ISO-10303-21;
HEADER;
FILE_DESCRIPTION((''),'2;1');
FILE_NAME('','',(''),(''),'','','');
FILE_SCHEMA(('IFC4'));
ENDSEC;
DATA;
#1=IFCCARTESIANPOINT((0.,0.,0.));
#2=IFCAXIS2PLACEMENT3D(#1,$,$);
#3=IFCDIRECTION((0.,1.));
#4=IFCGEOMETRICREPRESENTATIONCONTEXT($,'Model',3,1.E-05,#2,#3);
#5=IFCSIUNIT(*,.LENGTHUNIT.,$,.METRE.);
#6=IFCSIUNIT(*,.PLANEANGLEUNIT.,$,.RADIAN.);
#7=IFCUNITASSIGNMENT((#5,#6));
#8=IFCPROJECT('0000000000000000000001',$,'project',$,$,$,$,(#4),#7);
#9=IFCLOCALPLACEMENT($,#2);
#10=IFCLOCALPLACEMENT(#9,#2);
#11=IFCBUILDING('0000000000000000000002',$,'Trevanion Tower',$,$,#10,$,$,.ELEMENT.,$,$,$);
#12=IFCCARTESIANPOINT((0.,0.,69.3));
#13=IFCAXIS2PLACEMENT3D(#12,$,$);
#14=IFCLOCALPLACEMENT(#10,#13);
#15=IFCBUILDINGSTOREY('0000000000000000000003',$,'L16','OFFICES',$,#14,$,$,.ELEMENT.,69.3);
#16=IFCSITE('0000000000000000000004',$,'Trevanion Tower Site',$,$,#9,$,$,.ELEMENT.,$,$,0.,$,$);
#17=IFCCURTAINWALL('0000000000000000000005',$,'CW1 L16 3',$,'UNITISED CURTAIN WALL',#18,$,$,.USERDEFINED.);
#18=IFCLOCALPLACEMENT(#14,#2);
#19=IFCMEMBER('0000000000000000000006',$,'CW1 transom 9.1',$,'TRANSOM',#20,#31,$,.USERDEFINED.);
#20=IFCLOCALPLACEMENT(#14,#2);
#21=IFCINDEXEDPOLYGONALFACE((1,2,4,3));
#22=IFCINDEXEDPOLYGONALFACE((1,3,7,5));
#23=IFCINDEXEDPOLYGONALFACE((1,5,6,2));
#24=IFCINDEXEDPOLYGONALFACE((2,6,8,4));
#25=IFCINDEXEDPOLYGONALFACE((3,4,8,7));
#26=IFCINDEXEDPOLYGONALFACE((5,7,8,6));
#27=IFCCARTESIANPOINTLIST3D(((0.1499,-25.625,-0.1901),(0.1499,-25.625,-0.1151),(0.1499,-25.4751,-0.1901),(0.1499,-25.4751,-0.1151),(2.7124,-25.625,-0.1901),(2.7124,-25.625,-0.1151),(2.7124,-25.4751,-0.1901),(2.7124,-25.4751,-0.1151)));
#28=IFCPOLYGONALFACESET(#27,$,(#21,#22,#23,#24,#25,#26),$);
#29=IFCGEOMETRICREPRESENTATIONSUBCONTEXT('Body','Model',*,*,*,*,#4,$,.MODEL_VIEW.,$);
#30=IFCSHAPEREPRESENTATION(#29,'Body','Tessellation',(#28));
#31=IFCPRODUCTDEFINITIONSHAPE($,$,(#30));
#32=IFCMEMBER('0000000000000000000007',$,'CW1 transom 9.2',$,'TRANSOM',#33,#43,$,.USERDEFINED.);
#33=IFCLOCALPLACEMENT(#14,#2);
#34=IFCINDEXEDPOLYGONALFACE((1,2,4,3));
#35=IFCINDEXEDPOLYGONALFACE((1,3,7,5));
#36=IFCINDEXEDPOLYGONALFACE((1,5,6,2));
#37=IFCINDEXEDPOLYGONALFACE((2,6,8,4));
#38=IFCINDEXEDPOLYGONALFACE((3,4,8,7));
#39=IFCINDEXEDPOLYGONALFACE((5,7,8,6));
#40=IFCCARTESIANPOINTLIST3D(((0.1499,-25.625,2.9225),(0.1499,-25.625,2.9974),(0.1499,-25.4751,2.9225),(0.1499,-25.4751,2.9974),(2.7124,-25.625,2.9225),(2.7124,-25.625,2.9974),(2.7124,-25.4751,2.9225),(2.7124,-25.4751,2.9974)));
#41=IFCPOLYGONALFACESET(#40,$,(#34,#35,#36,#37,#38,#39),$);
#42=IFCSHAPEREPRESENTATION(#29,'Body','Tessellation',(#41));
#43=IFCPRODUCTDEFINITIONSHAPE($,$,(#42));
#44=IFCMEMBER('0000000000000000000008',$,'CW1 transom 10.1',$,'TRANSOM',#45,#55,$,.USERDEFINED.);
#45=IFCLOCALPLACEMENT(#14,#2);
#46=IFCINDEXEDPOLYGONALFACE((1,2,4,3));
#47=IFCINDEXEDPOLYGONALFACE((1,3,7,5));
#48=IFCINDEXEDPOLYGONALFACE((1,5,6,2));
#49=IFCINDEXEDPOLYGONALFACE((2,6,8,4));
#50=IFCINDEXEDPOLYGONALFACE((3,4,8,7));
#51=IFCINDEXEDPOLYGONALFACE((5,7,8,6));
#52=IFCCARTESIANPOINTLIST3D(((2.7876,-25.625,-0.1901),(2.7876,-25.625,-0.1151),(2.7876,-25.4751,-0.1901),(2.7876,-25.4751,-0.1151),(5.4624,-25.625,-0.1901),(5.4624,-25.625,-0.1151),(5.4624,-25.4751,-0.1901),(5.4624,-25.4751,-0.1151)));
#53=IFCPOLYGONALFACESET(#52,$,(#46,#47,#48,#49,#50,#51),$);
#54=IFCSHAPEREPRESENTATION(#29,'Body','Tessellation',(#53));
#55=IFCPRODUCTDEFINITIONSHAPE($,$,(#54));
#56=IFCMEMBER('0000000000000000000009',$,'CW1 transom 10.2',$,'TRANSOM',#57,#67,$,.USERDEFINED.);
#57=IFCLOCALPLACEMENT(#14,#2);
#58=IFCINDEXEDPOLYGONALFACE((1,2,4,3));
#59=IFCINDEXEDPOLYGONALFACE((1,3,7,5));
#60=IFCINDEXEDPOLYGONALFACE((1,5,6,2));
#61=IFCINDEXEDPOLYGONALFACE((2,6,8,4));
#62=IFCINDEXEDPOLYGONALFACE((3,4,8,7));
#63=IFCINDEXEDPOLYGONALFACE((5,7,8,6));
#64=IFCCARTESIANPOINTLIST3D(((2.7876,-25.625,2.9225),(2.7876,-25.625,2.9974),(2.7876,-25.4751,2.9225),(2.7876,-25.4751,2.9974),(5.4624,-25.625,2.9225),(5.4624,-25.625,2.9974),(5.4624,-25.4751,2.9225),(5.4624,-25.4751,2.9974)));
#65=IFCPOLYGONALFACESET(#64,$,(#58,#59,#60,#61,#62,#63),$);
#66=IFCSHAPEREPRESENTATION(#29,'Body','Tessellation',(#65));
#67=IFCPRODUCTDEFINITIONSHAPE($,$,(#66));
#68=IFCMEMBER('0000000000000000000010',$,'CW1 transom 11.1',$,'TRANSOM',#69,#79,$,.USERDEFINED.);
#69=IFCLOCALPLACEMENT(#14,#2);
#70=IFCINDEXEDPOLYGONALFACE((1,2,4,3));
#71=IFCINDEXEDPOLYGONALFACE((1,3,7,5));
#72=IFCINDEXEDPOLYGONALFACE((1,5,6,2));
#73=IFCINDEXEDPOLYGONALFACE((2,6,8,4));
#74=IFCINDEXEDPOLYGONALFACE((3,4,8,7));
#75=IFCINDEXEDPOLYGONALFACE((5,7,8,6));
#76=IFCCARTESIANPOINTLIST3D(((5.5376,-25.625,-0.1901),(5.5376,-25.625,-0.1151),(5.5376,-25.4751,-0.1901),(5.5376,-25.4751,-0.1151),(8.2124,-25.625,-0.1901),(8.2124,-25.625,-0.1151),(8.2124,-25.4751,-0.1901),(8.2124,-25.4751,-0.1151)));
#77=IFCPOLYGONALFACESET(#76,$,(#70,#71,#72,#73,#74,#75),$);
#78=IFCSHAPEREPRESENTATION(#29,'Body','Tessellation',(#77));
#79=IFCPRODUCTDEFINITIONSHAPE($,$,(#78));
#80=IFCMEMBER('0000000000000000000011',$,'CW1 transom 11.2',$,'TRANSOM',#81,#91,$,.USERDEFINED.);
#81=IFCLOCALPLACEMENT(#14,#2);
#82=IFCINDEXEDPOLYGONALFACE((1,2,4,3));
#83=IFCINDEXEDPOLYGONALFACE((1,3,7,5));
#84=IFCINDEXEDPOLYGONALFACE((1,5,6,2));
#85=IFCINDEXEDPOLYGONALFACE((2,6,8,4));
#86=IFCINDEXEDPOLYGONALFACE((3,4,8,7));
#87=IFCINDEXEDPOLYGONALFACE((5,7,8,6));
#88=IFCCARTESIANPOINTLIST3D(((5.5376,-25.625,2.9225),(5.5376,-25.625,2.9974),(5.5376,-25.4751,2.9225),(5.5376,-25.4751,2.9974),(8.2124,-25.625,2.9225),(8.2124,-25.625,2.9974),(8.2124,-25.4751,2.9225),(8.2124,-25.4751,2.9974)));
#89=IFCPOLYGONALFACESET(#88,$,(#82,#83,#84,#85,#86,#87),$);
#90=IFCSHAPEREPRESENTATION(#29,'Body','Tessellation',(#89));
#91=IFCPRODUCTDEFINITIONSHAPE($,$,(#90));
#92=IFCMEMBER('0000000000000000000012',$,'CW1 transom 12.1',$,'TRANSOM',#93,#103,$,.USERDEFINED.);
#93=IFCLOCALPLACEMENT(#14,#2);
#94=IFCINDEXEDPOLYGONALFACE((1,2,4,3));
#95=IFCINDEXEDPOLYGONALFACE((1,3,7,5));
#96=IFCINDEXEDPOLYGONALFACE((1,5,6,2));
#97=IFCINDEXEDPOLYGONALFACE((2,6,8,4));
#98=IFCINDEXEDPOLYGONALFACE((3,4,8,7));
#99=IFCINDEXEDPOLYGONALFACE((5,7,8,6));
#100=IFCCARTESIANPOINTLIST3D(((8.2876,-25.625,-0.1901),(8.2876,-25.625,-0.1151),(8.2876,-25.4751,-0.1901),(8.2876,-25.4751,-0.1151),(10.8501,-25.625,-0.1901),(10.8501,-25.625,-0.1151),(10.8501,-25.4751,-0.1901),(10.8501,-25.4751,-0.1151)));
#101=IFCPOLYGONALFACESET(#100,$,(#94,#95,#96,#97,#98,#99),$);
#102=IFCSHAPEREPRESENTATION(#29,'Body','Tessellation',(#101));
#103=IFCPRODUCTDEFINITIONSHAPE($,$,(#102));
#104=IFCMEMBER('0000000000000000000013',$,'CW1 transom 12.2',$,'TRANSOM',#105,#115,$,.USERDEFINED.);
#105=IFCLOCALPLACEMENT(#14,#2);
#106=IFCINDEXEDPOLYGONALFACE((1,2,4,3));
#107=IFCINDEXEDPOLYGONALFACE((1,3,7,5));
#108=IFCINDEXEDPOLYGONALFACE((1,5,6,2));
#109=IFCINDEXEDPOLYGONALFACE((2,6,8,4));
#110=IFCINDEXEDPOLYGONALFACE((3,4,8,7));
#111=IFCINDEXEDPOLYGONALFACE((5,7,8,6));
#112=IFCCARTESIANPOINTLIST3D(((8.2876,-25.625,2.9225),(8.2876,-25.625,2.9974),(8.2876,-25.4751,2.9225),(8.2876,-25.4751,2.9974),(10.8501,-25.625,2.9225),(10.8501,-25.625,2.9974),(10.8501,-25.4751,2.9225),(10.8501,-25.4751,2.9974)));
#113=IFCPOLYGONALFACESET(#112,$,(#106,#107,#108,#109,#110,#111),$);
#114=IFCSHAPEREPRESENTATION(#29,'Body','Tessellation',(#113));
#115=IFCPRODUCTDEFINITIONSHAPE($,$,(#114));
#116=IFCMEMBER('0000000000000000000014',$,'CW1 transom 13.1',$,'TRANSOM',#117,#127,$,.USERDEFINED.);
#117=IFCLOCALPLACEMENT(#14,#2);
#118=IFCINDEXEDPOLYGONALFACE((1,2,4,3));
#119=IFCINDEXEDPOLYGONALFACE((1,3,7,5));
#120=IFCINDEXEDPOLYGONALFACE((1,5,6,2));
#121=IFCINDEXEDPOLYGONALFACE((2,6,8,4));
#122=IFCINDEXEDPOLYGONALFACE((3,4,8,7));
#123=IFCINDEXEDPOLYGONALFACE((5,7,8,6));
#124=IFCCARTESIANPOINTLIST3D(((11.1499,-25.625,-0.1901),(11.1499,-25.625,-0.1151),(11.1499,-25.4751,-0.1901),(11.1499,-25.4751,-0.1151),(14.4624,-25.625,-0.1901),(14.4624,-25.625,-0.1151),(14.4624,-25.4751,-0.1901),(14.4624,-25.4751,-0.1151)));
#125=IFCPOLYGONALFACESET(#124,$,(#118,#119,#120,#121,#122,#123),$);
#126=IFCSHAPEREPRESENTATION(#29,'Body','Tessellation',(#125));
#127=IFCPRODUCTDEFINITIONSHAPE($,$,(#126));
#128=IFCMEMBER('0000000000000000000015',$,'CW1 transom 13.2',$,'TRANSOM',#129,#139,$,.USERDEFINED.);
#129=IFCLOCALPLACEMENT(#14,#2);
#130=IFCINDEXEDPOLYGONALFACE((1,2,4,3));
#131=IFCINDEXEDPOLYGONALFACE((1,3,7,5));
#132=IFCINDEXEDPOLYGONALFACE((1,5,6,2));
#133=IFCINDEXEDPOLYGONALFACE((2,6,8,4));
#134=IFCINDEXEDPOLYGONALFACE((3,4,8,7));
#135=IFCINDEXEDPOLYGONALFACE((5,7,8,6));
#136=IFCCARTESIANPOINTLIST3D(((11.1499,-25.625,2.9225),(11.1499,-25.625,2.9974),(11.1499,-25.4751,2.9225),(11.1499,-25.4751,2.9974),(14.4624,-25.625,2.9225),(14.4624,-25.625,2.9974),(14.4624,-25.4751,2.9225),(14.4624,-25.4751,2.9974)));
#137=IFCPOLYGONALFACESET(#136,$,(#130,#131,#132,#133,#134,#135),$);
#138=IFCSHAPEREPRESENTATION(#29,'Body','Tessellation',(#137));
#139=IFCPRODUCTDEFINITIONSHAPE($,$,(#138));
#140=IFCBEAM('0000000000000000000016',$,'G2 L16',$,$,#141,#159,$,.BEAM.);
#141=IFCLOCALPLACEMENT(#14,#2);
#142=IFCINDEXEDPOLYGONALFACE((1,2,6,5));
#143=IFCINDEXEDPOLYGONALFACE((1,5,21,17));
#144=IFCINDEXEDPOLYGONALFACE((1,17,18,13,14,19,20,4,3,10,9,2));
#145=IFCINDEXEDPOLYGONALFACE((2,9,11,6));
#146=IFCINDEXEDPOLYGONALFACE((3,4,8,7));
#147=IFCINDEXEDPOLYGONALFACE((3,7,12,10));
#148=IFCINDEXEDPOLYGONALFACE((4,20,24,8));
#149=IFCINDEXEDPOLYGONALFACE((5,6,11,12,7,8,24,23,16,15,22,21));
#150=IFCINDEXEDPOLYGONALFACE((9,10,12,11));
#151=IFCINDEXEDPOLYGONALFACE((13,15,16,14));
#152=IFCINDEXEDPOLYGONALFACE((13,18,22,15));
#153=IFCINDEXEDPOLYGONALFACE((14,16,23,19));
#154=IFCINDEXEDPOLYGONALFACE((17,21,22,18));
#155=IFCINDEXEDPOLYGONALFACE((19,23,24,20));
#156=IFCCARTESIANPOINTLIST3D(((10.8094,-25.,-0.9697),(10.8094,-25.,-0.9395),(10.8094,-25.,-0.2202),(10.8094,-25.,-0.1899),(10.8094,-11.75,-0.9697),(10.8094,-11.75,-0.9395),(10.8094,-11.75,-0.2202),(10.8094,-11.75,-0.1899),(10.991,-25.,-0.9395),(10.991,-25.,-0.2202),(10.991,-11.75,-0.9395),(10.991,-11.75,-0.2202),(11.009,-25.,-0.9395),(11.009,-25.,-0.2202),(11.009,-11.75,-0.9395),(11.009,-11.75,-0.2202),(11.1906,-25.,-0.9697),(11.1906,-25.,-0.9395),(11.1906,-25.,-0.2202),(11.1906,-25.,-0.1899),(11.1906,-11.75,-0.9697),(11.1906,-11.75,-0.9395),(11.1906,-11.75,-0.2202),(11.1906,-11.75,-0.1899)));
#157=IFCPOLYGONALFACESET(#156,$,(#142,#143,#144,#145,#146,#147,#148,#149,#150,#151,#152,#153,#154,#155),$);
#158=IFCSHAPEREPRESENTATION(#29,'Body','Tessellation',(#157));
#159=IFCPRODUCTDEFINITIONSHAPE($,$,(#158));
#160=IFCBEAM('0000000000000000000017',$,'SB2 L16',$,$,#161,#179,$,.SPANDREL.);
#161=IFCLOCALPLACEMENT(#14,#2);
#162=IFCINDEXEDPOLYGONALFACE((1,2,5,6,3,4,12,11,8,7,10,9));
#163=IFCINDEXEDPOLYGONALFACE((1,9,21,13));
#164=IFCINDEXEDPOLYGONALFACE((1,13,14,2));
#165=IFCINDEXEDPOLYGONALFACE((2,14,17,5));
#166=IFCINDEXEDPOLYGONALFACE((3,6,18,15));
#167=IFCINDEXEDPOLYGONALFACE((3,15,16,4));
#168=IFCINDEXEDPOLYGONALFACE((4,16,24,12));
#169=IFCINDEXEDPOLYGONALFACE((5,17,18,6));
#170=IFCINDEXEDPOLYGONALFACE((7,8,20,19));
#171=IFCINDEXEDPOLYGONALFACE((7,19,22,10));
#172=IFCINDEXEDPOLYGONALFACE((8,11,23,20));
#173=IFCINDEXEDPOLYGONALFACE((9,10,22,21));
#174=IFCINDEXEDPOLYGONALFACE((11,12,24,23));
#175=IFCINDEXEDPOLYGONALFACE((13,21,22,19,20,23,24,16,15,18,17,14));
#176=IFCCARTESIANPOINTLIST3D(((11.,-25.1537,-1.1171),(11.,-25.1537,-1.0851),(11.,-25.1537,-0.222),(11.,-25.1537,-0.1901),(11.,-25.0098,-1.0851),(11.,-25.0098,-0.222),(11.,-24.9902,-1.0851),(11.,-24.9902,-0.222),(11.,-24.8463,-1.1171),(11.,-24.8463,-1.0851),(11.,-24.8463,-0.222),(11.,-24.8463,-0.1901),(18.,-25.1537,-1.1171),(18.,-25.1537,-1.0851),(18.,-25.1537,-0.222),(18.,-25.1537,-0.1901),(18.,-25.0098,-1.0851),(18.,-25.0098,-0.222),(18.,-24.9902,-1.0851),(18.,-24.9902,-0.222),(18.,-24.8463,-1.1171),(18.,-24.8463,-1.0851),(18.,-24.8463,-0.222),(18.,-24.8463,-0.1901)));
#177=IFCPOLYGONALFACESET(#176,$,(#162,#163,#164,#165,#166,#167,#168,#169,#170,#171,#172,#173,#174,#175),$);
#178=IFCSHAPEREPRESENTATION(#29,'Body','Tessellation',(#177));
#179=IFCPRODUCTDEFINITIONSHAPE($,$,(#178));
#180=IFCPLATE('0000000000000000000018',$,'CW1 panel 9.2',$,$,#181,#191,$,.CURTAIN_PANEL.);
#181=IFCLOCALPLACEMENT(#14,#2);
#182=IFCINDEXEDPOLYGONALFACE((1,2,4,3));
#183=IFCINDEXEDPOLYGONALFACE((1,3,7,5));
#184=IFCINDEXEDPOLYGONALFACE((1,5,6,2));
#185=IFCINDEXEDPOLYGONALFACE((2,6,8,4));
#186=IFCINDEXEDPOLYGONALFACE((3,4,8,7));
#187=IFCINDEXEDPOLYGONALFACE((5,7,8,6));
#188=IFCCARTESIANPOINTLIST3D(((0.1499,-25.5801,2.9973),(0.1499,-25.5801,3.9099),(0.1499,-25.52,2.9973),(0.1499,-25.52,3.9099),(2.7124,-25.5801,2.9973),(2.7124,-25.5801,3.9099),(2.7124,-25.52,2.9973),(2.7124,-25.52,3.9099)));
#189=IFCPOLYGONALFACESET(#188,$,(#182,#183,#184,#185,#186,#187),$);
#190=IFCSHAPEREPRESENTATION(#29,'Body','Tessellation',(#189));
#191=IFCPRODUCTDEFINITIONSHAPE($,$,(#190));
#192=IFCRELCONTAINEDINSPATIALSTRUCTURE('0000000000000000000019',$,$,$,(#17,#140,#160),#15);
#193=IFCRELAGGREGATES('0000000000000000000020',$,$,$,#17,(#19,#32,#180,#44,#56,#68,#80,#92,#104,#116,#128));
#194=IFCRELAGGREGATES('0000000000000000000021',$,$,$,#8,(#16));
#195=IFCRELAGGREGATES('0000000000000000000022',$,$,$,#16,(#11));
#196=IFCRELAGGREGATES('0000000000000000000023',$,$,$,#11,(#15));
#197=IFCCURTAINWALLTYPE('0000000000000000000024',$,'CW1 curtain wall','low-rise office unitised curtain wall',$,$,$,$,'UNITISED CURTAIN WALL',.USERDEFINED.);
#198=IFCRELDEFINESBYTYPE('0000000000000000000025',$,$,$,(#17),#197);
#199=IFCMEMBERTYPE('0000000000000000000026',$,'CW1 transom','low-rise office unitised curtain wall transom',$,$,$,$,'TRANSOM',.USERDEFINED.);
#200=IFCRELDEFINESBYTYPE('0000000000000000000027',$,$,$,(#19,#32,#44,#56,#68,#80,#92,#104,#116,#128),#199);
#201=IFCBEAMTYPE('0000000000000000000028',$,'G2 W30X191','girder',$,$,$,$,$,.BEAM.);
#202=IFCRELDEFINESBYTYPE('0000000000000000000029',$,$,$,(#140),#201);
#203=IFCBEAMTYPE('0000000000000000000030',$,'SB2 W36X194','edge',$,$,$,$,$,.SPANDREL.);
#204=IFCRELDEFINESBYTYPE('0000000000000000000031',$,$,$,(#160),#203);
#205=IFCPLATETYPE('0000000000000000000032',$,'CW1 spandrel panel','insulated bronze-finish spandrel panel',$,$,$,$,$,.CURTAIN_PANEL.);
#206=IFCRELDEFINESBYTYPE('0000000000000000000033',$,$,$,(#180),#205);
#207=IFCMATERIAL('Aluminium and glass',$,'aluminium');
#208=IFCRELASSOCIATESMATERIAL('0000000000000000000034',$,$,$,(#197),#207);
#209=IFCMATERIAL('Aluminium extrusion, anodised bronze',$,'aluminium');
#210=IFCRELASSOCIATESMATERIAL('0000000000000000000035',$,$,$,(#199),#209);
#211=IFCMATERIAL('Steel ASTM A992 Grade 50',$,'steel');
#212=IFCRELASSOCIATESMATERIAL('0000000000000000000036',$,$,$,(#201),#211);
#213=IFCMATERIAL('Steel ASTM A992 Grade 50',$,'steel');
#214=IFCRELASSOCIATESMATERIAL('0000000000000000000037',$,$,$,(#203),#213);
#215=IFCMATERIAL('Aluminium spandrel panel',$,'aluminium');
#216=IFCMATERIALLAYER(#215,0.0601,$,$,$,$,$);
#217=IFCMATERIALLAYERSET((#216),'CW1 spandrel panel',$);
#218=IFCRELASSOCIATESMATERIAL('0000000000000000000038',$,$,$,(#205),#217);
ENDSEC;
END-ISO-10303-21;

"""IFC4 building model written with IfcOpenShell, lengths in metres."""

from ifc_helpers import new_model, si_unit, direction, frame, origin, origin_2d, place, context, subcontext, project, spatial, rectangle, i_section, extrude, material, layer, layer_set, material_profile, profile_set, type_object, element, aggregate, save


model = new_model("IFC4")

# Units and contexts
model_context = context("Model", 3, precision=1e-05, world=origin(), true_north=direction((0.0, 1.0)))
body_context = subcontext(model_context, "Body", "Model", "MODEL_VIEW")
ifc_project = project(units=[si_unit("LENGTHUNIT", "METRE"), si_unit("PLANEANGLEUNIT", "RADIAN")], contexts=[model_context])

# Site, building, storey
site_placement = place(None, origin())
site = spatial("IfcSite", under=ifc_project, at=site_placement, Name="Trevanion Tower Site", CompositionType="ELEMENT", RefElevation=0.0)
building_placement = place(site_placement, origin())
building = spatial("IfcBuilding", under=site, at=building_placement, Name="Trevanion Tower", CompositionType="ELEMENT")
storey_placement = place(building_placement, frame((0.0, 0.0, 69.3)))
storey = spatial("IfcBuildingStorey", under=building, at=storey_placement, Name="L16", Description="OFFICES", CompositionType="ELEMENT", Elevation=69.3)

# Curtain wall, members
ifc_material_1 = material(Name="Aluminium and glass", Category="aluminium")
curtain_wall_type = type_object("IfcCurtainWallType", Name="CW1 curtain wall", Description="low-rise office unitised curtain wall", ElementType="UNITISED CURTAIN WALL", PredefinedType="USERDEFINED", material=ifc_material_1)
curtain_wall_placement = place(storey_placement, origin())
curtain_wall = element("IfcCurtainWall", 1, at=curtain_wall_placement, inside=storey, type_object=curtain_wall_type, Name="CW1 L16 3", ObjectType="UNITISED CURTAIN WALL", PredefinedType="USERDEFINED")
ifc_material_2 = material(Name="Aluminium extrusion, anodised bronze", Category="aluminium")
ifc_material_profile_1 = material_profile(ifc_material_2, rectangle(XDim=0.1499, YDim=0.075, at=origin_2d()), Name="CW1 transom")
ifc_profile_set_1 = profile_set([ifc_material_profile_1], Name="Aluminium extrusion, anodised bronze")
member_type_1 = type_object("IfcMemberType", Name="CW1 transom", Description="low-rise office unitised curtain wall transom", ElementType="TRANSOM", PredefinedType="USERDEFINED", material=ifc_profile_set_1)
member_1_placement = place(storey_placement, frame((0.1499, -25.55, -0.1526), z_axis=(1.0, 0.0, 0.0), x_axis=(0.0, 1.0, 0.0)))
member_1 = element("IfcMember", 2, at=member_1_placement, type_object=member_type_1, Name="CW1 transom 9.1", ObjectType="TRANSOM", PredefinedType="USERDEFINED", context=body_context, shape_type="SweptSolid", body=[
    extrude(rectangle(XDim=0.1499, YDim=0.075, at=origin_2d()), origin(), (0.0, 0.0, 1.0), 2.5625),
])
member_2_placement = place(storey_placement, frame((0.1499, -25.55, 2.96), z_axis=(1.0, 0.0, 0.0), x_axis=(0.0, 1.0, 0.0)))
member_2 = element("IfcMember", 3, at=member_2_placement, type_object=member_type_1, Name="CW1 transom 9.2", ObjectType="TRANSOM", PredefinedType="USERDEFINED", context=body_context, shape_type="SweptSolid", body=[
    extrude(rectangle(XDim=0.1499, YDim=0.075, at=origin_2d()), origin(), (0.0, 0.0, 1.0), 2.5625),
])
member_3_placement = place(storey_placement, frame((2.7876, -25.55, -0.1526), z_axis=(1.0, 0.0, 0.0), x_axis=(0.0, 1.0, 0.0)))
member_3 = element("IfcMember", 4, at=member_3_placement, type_object=member_type_1, Name="CW1 transom 10.1", ObjectType="TRANSOM", PredefinedType="USERDEFINED", context=body_context, shape_type="SweptSolid", body=[
    extrude(rectangle(XDim=0.1499, YDim=0.075, at=origin_2d()), origin(), (0.0, 0.0, 1.0), 2.6748),
])
member_4_placement = place(storey_placement, frame((2.7876, -25.55, 2.96), z_axis=(1.0, 0.0, 0.0), x_axis=(0.0, 1.0, 0.0)))
member_4 = element("IfcMember", 5, at=member_4_placement, type_object=member_type_1, Name="CW1 transom 10.2", ObjectType="TRANSOM", PredefinedType="USERDEFINED", context=body_context, shape_type="SweptSolid", body=[
    extrude(rectangle(XDim=0.1499, YDim=0.075, at=origin_2d()), origin(), (0.0, 0.0, 1.0), 2.6748),
])
member_5_placement = place(storey_placement, frame((5.5376, -25.55, -0.1526), z_axis=(1.0, 0.0, 0.0), x_axis=(0.0, 1.0, 0.0)))
member_5 = element("IfcMember", 6, at=member_5_placement, type_object=member_type_1, Name="CW1 transom 11.1", ObjectType="TRANSOM", PredefinedType="USERDEFINED", context=body_context, shape_type="SweptSolid", body=[
    extrude(rectangle(XDim=0.1499, YDim=0.075, at=origin_2d()), origin(), (0.0, 0.0, 1.0), 2.6748),
])
member_6_placement = place(storey_placement, frame((5.5376, -25.55, 2.96), z_axis=(1.0, 0.0, 0.0), x_axis=(0.0, 1.0, 0.0)))
member_6 = element("IfcMember", 7, at=member_6_placement, type_object=member_type_1, Name="CW1 transom 11.2", ObjectType="TRANSOM", PredefinedType="USERDEFINED", context=body_context, shape_type="SweptSolid", body=[
    extrude(rectangle(XDim=0.1499, YDim=0.075, at=origin_2d()), origin(), (0.0, 0.0, 1.0), 2.6748),
])
member_7_placement = place(storey_placement, frame((8.2876, -25.55, -0.1526), z_axis=(1.0, 0.0, 0.0), x_axis=(0.0, 1.0, 0.0)))
member_7 = element("IfcMember", 8, at=member_7_placement, type_object=member_type_1, Name="CW1 transom 12.1", ObjectType="TRANSOM", PredefinedType="USERDEFINED", context=body_context, shape_type="SweptSolid", body=[
    extrude(rectangle(XDim=0.1499, YDim=0.075, at=origin_2d()), origin(), (0.0, 0.0, 1.0), 2.5625),
])
member_8_placement = place(storey_placement, frame((8.2876, -25.55, 2.96), z_axis=(1.0, 0.0, 0.0), x_axis=(0.0, 1.0, 0.0)))
member_8 = element("IfcMember", 9, at=member_8_placement, type_object=member_type_1, Name="CW1 transom 12.2", ObjectType="TRANSOM", PredefinedType="USERDEFINED", context=body_context, shape_type="SweptSolid", body=[
    extrude(rectangle(XDim=0.1499, YDim=0.075, at=origin_2d()), origin(), (0.0, 0.0, 1.0), 2.5625),
])
member_9_placement = place(storey_placement, frame((11.1499, -25.55, -0.1526), z_axis=(1.0, 0.0, 0.0), x_axis=(0.0, 1.0, 0.0)))
member_9 = element("IfcMember", 10, at=member_9_placement, type_object=member_type_1, Name="CW1 transom 13.1", ObjectType="TRANSOM", PredefinedType="USERDEFINED", context=body_context, shape_type="SweptSolid", body=[
    extrude(rectangle(XDim=0.1499, YDim=0.075, at=origin_2d()), origin(), (0.0, 0.0, 1.0), 3.3125),
])
member_10_placement = place(storey_placement, frame((11.1499, -25.55, 2.96), z_axis=(1.0, 0.0, 0.0), x_axis=(0.0, 1.0, 0.0)))
member_10 = element("IfcMember", 11, at=member_10_placement, type_object=member_type_1, Name="CW1 transom 13.2", ObjectType="TRANSOM", PredefinedType="USERDEFINED", context=body_context, shape_type="SweptSolid", body=[
    extrude(rectangle(XDim=0.1499, YDim=0.075, at=origin_2d()), origin(), (0.0, 0.0, 1.0), 3.3125),
])

# Beams
ifc_material_3 = material(Name="Steel ASTM A992 Grade 50", Category="steel")
ifc_material_profile_2 = material_profile(ifc_material_3, i_section(OverallWidth=0.3811, OverallDepth=0.7798, WebThickness=0.0181, FlangeThickness=0.0303, at=origin_2d()), Name="W30X191")
ifc_profile_set_2 = profile_set([ifc_material_profile_2], Name="Steel ASTM A992 Grade 50")
beam_type_1 = type_object("IfcBeamType", Name="G2 W30X191", Description="girder", PredefinedType="BEAM", material=ifc_profile_set_2)
beam_1_placement = place(storey_placement, frame((11.0, -11.75, -0.5798), z_axis=(0.0, -1.0, 0.0), x_axis=(1.0, 0.0, 0.0)))
element("IfcBeam", 12, at=beam_1_placement, inside=storey, type_object=beam_type_1, Name="G2 L16", PredefinedType="BEAM", context=body_context, shape_type="SweptSolid", body=[
    extrude(i_section(OverallWidth=0.3811, OverallDepth=0.7798, WebThickness=0.0181, FlangeThickness=0.0303, at=origin_2d()), origin(), (0.0, 0.0, 1.0), 13.25),
])
ifc_material_4 = material(Name="Steel ASTM A992 Grade 50", Category="steel")
ifc_material_profile_3 = material_profile(ifc_material_4, i_section(OverallWidth=0.3074, OverallDepth=0.927, WebThickness=0.0195, FlangeThickness=0.032, at=origin_2d()), Name="W36X194")
ifc_profile_set_3 = profile_set([ifc_material_profile_3], Name="Steel ASTM A992 Grade 50")
beam_type_2 = type_object("IfcBeamType", Name="SB2 W36X194", Description="edge", PredefinedType="SPANDREL", material=ifc_profile_set_3)
beam_2_placement = place(storey_placement, frame((11.0, -25.0, -0.6536), z_axis=(1.0, 0.0, 0.0), x_axis=(0.0, 1.0, 0.0)))
element("IfcBeam", 13, at=beam_2_placement, inside=storey, type_object=beam_type_2, Name="SB2 L16", PredefinedType="SPANDREL", context=body_context, shape_type="SweptSolid", body=[
    extrude(i_section(OverallWidth=0.3074, OverallDepth=0.927, WebThickness=0.0195, FlangeThickness=0.032, at=origin_2d()), origin(), (0.0, 0.0, 1.0), 7.0),
])

# Plate
ifc_material_5 = material(Name="Aluminium spandrel panel", Category="aluminium")
ifc_layer_1 = layer(ifc_material_5, 0.0601)
ifc_layer_set_1 = layer_set([ifc_layer_1], Name="CW1 spandrel panel")
plate_type_1 = type_object("IfcPlateType", Name="CW1 spandrel panel", Description="insulated bronze-finish spandrel panel", PredefinedType="CURTAIN_PANEL", material=ifc_layer_set_1)
plate_1_placement = place(storey_placement, frame((1.4312, -25.55, 2.9973), z_axis=(0.0, 0.0, 1.0), x_axis=(1.0, 0.0, 0.0)))
plate_1 = element("IfcPlate", 14, at=plate_1_placement, type_object=plate_type_1, Name="CW1 panel 9.2", PredefinedType="CURTAIN_PANEL", context=body_context, shape_type="SweptSolid", body=[
    extrude(rectangle(XDim=2.5625, YDim=0.0601, at=origin_2d()), origin(), (0.0, 0.0, 1.0), 0.9126),
])
aggregate(curtain_wall, [member_1, member_2, plate_1, member_3, member_4, member_5, member_6, member_7, member_8, member_9, member_10])

save(model, "model.ifc")
